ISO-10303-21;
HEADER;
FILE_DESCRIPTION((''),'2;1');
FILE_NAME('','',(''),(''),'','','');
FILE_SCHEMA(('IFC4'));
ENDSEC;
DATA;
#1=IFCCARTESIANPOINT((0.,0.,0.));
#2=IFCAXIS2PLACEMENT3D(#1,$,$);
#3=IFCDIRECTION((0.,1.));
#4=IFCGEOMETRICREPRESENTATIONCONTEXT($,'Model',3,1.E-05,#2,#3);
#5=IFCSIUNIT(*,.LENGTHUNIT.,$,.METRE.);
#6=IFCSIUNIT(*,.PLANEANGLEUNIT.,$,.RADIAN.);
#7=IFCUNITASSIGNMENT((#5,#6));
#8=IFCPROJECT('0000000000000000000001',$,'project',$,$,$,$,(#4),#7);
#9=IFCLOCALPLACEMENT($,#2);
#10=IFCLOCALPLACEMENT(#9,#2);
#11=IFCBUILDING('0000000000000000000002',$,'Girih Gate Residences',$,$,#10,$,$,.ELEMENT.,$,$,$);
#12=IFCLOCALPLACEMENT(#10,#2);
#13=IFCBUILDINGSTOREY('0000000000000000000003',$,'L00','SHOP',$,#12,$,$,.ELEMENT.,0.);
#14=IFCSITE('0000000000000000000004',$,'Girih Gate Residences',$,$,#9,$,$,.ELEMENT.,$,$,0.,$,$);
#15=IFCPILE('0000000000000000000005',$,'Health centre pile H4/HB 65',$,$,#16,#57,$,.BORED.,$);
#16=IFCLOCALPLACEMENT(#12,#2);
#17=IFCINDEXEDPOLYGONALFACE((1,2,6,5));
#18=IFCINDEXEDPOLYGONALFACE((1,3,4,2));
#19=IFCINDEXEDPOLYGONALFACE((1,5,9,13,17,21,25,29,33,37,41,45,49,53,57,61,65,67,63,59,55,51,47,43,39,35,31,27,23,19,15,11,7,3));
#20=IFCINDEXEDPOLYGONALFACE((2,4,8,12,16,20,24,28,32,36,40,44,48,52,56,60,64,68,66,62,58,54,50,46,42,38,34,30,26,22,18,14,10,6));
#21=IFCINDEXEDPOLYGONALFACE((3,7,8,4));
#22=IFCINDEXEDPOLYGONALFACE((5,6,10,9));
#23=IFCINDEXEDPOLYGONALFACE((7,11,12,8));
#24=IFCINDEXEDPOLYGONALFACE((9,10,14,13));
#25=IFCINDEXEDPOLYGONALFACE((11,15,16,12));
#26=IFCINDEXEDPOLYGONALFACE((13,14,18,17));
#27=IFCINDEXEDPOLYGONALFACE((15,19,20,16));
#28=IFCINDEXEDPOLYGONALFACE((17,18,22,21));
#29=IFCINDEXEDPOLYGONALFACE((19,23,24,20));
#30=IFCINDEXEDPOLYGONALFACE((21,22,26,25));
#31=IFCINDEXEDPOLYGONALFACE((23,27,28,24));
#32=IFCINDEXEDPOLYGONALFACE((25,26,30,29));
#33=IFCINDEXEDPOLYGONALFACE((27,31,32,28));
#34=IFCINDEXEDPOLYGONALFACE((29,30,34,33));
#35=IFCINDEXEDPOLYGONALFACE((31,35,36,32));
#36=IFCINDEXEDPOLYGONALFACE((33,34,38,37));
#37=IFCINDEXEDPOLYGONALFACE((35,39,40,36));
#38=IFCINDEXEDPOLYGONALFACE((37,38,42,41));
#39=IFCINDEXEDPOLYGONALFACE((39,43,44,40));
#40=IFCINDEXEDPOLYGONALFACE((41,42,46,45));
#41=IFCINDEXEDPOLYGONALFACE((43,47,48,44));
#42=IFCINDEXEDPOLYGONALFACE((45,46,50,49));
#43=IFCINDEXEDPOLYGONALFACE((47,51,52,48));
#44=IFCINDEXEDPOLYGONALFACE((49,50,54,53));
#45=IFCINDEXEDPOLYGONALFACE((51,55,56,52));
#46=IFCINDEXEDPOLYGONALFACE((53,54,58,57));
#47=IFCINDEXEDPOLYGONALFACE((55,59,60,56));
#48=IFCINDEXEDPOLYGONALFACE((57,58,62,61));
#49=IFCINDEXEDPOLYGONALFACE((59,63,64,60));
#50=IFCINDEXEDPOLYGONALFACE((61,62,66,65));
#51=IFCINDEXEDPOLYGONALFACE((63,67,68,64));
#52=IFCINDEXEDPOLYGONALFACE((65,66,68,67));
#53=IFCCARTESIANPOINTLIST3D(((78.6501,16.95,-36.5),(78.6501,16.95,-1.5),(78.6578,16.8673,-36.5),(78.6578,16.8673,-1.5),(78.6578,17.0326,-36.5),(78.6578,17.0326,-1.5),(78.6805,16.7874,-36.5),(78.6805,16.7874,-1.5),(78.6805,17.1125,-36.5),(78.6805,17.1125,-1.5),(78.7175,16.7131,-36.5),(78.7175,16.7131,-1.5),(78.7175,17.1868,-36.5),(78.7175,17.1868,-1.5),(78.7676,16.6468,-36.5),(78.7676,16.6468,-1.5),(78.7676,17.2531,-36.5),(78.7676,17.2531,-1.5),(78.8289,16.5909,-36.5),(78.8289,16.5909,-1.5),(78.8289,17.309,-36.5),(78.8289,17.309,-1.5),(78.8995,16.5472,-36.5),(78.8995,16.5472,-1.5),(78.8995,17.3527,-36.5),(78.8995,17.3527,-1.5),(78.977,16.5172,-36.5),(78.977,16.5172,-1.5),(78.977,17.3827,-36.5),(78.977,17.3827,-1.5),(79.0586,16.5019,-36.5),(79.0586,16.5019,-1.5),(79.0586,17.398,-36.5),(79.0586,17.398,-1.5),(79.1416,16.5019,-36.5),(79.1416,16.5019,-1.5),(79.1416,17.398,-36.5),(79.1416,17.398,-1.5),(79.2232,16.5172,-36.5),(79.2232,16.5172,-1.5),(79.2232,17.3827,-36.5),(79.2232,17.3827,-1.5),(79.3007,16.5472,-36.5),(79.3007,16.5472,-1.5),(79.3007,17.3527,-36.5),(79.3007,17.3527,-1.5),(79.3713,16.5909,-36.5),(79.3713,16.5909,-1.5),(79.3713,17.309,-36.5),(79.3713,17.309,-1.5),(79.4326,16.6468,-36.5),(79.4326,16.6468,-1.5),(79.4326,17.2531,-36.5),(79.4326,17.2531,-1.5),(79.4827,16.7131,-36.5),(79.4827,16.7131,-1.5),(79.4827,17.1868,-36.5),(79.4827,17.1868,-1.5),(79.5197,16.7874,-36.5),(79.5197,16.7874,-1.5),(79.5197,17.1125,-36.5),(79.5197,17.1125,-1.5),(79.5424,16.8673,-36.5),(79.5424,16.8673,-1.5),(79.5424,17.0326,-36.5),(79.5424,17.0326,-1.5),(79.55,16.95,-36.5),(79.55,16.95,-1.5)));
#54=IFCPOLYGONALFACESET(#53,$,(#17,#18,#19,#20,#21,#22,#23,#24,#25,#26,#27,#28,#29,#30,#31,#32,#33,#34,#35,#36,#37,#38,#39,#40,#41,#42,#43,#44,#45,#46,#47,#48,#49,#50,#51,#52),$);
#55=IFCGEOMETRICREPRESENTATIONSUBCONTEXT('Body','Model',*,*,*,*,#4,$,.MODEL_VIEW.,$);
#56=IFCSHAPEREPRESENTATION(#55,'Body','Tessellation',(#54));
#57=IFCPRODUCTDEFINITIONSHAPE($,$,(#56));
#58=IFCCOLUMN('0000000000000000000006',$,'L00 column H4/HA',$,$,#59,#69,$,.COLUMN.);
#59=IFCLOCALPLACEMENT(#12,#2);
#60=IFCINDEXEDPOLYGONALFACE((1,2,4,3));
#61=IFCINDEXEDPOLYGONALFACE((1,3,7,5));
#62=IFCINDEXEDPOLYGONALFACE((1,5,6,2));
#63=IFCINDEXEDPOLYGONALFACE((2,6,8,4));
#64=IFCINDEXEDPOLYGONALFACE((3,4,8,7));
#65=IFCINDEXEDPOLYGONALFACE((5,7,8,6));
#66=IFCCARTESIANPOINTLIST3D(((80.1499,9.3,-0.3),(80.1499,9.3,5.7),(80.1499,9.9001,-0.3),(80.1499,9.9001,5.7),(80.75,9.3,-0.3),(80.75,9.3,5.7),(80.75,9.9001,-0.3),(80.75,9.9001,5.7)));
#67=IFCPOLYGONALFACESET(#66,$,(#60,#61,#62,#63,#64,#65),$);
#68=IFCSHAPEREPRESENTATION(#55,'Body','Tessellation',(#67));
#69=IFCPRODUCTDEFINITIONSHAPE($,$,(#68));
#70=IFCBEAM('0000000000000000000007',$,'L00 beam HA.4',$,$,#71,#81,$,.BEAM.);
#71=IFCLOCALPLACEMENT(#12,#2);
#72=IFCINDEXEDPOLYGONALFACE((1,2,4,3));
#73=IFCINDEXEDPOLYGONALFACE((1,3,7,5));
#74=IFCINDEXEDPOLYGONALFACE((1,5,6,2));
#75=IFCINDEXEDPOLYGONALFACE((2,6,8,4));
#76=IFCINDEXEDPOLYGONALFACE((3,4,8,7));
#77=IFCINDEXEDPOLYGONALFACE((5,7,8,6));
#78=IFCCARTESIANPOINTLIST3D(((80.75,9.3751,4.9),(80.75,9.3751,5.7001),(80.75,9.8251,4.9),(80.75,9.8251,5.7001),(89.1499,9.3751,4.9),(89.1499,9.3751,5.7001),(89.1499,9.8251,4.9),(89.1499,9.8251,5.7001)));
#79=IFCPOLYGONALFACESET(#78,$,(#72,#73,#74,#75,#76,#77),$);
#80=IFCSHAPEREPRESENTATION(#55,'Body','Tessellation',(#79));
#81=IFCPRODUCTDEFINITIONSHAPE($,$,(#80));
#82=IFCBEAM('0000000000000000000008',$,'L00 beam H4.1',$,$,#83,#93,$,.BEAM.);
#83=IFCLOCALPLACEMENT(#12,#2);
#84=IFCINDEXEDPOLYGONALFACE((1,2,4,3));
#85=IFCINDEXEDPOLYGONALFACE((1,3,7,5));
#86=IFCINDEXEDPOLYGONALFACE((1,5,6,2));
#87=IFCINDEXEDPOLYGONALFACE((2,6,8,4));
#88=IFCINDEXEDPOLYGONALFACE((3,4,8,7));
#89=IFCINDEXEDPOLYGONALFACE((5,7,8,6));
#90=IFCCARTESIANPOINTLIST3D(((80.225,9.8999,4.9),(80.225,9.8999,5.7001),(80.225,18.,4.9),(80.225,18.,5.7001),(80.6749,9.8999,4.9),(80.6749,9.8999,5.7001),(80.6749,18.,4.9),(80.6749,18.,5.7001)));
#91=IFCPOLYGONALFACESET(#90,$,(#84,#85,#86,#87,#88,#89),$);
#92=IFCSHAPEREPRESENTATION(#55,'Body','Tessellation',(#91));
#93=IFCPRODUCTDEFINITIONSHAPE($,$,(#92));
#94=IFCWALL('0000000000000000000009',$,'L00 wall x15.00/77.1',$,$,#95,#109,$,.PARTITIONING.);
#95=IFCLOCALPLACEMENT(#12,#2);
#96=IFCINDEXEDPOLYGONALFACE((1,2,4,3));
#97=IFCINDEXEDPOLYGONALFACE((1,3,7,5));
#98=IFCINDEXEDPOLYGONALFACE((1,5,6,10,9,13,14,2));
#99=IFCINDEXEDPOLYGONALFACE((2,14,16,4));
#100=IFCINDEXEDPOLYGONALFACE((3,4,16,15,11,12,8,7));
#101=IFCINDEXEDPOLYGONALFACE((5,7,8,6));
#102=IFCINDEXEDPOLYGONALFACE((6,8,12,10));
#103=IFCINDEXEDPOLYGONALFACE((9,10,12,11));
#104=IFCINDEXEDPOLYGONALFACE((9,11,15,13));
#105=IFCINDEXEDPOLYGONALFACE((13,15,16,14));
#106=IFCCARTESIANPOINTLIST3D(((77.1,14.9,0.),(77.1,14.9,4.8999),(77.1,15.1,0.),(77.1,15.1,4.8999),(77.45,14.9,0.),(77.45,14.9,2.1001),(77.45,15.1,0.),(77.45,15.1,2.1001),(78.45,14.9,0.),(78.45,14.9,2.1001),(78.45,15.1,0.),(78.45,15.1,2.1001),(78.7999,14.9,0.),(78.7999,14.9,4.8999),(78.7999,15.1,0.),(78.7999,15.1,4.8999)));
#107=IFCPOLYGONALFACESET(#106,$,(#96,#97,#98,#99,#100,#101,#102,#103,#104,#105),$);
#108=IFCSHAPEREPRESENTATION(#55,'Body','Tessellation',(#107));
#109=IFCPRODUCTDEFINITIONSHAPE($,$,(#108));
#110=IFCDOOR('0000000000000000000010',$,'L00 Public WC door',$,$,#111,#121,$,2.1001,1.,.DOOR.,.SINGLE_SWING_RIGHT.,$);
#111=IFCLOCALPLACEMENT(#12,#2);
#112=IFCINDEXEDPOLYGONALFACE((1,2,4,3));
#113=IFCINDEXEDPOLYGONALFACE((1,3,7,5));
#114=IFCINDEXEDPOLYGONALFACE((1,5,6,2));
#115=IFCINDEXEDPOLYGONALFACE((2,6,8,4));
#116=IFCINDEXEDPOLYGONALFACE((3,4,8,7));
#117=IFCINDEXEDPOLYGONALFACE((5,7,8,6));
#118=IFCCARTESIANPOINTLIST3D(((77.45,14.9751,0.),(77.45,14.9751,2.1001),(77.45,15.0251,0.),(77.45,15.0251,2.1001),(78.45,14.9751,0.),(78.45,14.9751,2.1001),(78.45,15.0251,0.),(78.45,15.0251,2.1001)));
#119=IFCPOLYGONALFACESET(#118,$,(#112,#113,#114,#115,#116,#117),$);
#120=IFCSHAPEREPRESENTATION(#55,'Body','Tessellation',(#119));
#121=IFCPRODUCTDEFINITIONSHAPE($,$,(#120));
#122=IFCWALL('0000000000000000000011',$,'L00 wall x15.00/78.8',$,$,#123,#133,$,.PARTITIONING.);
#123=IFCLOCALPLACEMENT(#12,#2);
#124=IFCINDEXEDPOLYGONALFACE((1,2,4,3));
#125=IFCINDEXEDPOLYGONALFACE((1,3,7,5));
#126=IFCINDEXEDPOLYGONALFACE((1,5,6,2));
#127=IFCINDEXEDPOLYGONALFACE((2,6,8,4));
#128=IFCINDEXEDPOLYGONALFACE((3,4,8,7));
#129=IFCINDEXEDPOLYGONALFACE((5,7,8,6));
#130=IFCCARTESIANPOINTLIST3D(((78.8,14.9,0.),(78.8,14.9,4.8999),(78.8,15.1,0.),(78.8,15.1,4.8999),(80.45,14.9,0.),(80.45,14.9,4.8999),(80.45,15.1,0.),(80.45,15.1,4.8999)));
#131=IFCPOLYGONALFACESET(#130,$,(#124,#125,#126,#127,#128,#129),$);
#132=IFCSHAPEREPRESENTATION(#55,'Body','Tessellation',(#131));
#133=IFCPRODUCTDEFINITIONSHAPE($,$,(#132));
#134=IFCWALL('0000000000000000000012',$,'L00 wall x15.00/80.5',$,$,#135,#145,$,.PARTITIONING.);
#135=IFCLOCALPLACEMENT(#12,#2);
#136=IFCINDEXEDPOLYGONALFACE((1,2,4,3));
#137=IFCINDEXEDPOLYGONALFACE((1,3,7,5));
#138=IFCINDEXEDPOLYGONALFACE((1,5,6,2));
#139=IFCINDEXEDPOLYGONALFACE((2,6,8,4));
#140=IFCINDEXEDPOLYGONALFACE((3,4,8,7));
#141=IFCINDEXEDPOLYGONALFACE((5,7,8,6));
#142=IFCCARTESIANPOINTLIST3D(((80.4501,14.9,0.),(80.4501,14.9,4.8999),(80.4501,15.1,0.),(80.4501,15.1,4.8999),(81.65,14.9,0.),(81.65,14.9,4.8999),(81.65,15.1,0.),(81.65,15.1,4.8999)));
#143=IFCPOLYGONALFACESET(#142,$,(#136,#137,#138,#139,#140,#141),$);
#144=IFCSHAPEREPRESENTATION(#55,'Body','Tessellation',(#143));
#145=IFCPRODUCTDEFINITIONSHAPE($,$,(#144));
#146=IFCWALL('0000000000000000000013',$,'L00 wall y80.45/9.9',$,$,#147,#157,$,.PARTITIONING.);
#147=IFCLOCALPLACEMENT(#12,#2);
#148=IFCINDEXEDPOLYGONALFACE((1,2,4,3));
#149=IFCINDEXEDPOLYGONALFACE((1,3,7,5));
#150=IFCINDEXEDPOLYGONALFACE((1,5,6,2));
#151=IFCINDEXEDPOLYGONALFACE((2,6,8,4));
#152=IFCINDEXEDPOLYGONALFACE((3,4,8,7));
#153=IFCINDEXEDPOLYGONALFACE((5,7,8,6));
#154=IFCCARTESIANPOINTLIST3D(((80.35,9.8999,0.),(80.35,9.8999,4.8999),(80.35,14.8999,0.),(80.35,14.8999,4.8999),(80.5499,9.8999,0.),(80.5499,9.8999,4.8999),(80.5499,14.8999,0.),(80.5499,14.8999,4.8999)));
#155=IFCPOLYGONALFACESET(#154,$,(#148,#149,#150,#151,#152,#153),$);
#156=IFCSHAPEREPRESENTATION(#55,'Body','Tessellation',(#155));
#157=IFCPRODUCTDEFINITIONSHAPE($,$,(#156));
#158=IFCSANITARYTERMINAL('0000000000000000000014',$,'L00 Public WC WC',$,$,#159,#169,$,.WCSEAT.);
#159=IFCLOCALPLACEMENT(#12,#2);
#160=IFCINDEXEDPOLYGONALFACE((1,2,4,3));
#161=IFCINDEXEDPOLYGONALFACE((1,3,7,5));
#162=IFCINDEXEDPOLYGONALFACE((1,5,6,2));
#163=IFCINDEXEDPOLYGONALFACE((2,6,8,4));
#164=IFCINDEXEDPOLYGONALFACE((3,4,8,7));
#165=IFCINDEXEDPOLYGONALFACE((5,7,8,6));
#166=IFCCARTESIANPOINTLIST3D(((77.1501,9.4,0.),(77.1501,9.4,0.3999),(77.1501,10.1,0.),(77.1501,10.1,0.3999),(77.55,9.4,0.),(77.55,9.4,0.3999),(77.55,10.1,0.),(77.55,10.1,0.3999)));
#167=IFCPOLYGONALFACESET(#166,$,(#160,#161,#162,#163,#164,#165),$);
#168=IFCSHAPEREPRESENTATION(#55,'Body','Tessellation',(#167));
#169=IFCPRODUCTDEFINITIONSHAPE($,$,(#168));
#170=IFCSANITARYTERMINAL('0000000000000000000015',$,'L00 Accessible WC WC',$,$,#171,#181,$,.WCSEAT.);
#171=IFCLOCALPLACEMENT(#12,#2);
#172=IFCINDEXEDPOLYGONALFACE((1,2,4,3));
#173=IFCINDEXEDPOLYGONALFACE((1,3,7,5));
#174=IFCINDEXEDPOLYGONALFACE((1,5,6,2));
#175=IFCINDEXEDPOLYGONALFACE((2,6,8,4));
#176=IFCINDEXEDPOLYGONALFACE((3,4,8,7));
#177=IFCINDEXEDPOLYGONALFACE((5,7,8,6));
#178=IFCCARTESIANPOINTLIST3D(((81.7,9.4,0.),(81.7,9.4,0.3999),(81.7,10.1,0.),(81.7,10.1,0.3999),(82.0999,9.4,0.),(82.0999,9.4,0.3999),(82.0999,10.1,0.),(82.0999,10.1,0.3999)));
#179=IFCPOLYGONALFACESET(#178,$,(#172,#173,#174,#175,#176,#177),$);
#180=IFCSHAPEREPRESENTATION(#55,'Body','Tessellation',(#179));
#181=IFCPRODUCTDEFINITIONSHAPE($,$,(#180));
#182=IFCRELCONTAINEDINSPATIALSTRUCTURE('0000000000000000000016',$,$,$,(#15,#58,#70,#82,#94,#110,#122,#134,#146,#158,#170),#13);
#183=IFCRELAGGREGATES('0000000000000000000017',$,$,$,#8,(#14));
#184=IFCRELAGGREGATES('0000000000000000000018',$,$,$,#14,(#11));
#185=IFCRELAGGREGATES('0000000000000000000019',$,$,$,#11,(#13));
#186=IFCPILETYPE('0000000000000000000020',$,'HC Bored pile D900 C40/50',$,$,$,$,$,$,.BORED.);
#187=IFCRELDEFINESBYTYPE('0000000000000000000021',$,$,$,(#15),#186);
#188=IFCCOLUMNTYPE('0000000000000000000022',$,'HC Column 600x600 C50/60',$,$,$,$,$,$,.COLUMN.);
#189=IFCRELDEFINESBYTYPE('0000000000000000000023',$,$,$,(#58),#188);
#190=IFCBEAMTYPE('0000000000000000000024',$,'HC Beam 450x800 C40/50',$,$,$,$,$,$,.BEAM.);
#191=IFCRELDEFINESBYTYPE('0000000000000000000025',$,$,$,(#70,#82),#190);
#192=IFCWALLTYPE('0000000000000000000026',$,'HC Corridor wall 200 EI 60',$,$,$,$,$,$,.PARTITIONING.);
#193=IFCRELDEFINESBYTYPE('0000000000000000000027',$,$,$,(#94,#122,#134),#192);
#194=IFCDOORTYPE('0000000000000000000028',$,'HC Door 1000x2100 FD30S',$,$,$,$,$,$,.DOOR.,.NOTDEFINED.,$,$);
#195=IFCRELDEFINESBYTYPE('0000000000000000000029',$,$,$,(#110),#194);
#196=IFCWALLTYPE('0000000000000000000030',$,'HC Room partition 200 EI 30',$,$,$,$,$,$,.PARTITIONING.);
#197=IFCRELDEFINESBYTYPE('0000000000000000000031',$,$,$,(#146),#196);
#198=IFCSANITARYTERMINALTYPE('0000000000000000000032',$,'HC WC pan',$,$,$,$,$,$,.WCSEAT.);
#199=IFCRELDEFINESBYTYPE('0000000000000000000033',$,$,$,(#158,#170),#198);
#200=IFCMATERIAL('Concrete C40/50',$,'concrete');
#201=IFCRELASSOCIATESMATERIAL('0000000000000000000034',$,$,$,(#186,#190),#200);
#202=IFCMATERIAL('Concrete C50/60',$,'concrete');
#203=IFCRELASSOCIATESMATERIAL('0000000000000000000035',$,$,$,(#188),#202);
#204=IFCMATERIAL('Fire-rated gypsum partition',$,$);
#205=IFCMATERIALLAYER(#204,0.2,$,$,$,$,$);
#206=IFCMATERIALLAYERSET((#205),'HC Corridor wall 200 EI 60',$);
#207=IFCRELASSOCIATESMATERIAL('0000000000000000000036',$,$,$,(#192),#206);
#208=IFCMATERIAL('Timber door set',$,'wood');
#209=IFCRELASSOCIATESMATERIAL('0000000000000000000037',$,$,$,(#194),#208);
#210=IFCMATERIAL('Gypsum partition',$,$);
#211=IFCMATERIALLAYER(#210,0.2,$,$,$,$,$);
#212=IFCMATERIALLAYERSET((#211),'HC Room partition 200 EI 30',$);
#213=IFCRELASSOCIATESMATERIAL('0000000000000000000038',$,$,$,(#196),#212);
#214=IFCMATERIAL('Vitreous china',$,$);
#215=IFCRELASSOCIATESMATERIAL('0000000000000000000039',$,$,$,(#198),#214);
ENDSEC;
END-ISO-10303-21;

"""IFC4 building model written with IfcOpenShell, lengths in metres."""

from ifc_helpers import new_model, si_unit, direction, frame, frame_2d, origin, origin_2d, place, context, subcontext, project, spatial, rectangle, circle, extrude, material, layer, layer_set, material_profile, profile_set, type_object, element, fill, save


model = new_model("IFC4")

# Units and contexts
model_context = context("Model", 3, precision=1e-05, world=origin(), true_north=direction((0.0, 1.0)))
body_context = subcontext(model_context, "Body", "Model", "MODEL_VIEW")
ifc_project = project(units=[si_unit("LENGTHUNIT", "METRE"), si_unit("PLANEANGLEUNIT", "RADIAN")], contexts=[model_context])

# Site, building, storey
site_placement = place(None, origin())
site = spatial("IfcSite", under=ifc_project, at=site_placement, Name="Girih Gate Residences", CompositionType="ELEMENT", RefElevation=0.0)
building_placement = place(site_placement, origin())
building = spatial("IfcBuilding", under=site, at=building_placement, Name="Girih Gate Residences", CompositionType="ELEMENT")
storey_placement = place(building_placement, origin())
storey = spatial("IfcBuildingStorey", under=building, at=storey_placement, Name="L00", Description="SHOP", CompositionType="ELEMENT", Elevation=0.0)

# Pile
ifc_material_1 = material(Name="Concrete C40/50", Category="concrete")
ifc_material_profile_1 = material_profile(ifc_material_1, circle(Radius=0.45, at=origin_2d()))
ifc_profile_set_1 = profile_set([ifc_material_profile_1], Name="Concrete C40/50")
pile_type = type_object("IfcPileType", Name="HC Bored pile D900 C40/50", PredefinedType="BORED", material=ifc_profile_set_1)
for number, where, z_axis, x_axis, name in (
    (1, (79.1001, 16.95, -1.5), (0.0, 0.0, -1.0), (1.0, 0.0, 0.0), "Health centre pile H4/HB 65"),
):
    element("IfcPile", number, at=place(storey_placement, frame(where, z_axis=z_axis, x_axis=x_axis)), inside=storey, type_object=pile_type, Name=name, PredefinedType="BORED", context=body_context, shape_type="SweptSolid", body=[
        extrude(circle(Radius=0.45, at=origin_2d()), origin(), (0.0, 0.0, 1.0), 35.0),
    ])

# Column
ifc_material_2 = material(Name="Concrete C50/60", Category="concrete")
ifc_material_profile_2 = material_profile(ifc_material_2, rectangle(XDim=0.6001, YDim=0.6001, at=origin_2d()))
ifc_profile_set_2 = profile_set([ifc_material_profile_2], Name="Concrete C50/60")
column_type = type_object("IfcColumnType", Name="HC Column 600x600 C50/60", PredefinedType="COLUMN", material=ifc_profile_set_2)
column_placement = place(storey_placement, frame((80.45, 9.6001, -0.3), z_axis=(0.0, 0.0, 1.0), x_axis=(1.0, 0.0, 0.0)))
element("IfcColumn", 2, at=column_placement, inside=storey, type_object=column_type, Name="L00 column H4/HA", PredefinedType="COLUMN", context=body_context, shape_type="SweptSolid", body=[
    extrude(rectangle(XDim=0.6001, YDim=0.6001, at=origin_2d()), origin(), (0.0, 0.0, 1.0), 6.0),
])

# Beams
ifc_material_profile_3 = material_profile(ifc_material_1, rectangle(XDim=0.45, YDim=0.8, at=origin_2d()))
ifc_profile_set_3 = profile_set([ifc_material_profile_3], Name="Concrete C40/50")
beam_type = type_object("IfcBeamType", Name="HC Beam 450x800 C40/50", PredefinedType="BEAM", material=ifc_profile_set_3)
beam_1_placement = place(storey_placement, frame((80.75, 9.6001, 5.3), z_axis=(1.0, 0.0, 0.0), x_axis=(0.0, 1.0, 0.0)))
element("IfcBeam", 3, at=beam_1_placement, inside=storey, type_object=beam_type, Name="L00 beam HA.4", PredefinedType="BEAM", context=body_context, shape_type="SweptSolid", body=[
    extrude(rectangle(XDim=0.45, YDim=0.8, at=origin_2d()), origin(), (0.0, 0.0, 1.0), 8.3999),
])
beam_2_placement = place(storey_placement, frame((80.45, 9.8999, 5.3), z_axis=(0.0, 1.0, 0.0), x_axis=(-1.0, 0.0, 0.0)))
element("IfcBeam", 4, at=beam_2_placement, inside=storey, type_object=beam_type, Name="L00 beam H4.1", PredefinedType="BEAM", context=body_context, shape_type="SweptSolid", body=[
    extrude(rectangle(XDim=0.45, YDim=0.8, at=origin_2d()), origin(), (0.0, 0.0, 1.0), 8.1001),
])

# Wall, opening, door
ifc_material_3 = material(Name="Fire-rated gypsum partition")
ifc_layer_1 = layer(ifc_material_3, 0.2)
ifc_layer_set_1 = layer_set([ifc_layer_1], Name="HC Corridor wall 200 EI 60")
wall_type_1 = type_object("IfcWallType", Name="HC Corridor wall 200 EI 60", PredefinedType="PARTITIONING", material=ifc_layer_set_1)
wall_1_placement = place(storey_placement, frame((78.8, 15.0, 0.0), z_axis=(0.0, 0.0, 1.0), x_axis=(-1.0, 0.0, 0.0)))
wall_1 = element("IfcWall", 5, at=wall_1_placement, inside=storey, type_object=wall_type_1, Name="L00 wall x15.00/77.1", PredefinedType="PARTITIONING", context=body_context, shape_type="SweptSolid", body=[
    extrude(rectangle(XDim=1.7, YDim=0.2, at=frame_2d((0.8501, 0.0))), origin(), (0.0, 0.0, 1.0), 4.8999),
])
opening_placement = place(wall_1_placement, frame((0.3501, 0.0, 0.0)))
opening = element("IfcOpeningElement", 6, at=opening_placement, cuts=wall_1, PredefinedType="OPENING", context=body_context, shape_type="SweptSolid", body=[
    extrude(rectangle(XDim=1.0, YDim=2.1001, at=frame_2d((0.5, 1.05))), frame((0.0, 0.1099, 0.0), z_axis=(0.0, -1.0, 0.0), x_axis=(1.0, 0.0, 0.0)), (0.0, 0.0, 1.0), 0.22),
])
ifc_material_4 = material(Name="Timber door set", Category="wood")
door_type = type_object("IfcDoorType", Name="HC Door 1000x2100 FD30S", OperationType="NOTDEFINED", PredefinedType="DOOR", material=ifc_material_4)
door_placement = place(opening_placement, origin())
door = element("IfcDoor", 7, at=door_placement, inside=storey, type_object=door_type, Name="L00 Public WC door", OperationType="SINGLE_SWING_RIGHT", OverallHeight=2.1001, OverallWidth=1.0, PredefinedType="DOOR", context=body_context, shape_type="SweptSolid", body=[
    extrude(rectangle(XDim=1.0, YDim=2.1001, at=frame_2d((0.5, 1.05))), frame((0.0, 0.0249, 0.0), z_axis=(0.0, -1.0, 0.0), x_axis=(1.0, 0.0, 0.0)), (0.0, 0.0, 1.0), 0.05),
])
fill(opening, door)

# Walls
wall_2_placement = place(storey_placement, frame((78.8, 15.0, 0.0), z_axis=(0.0, 0.0, 1.0), x_axis=(1.0, 0.0, 0.0)))
element("IfcWall", 8, at=wall_2_placement, inside=storey, type_object=wall_type_1, Name="L00 wall x15.00/78.8", PredefinedType="PARTITIONING", context=body_context, shape_type="SweptSolid", body=[
    extrude(rectangle(XDim=1.6499, YDim=0.2, at=frame_2d((0.825, 0.0))), origin(), (0.0, 0.0, 1.0), 4.8999),
])
wall_3_placement = place(storey_placement, frame((80.45, 15.0, 0.0), z_axis=(0.0, 0.0, 1.0), x_axis=(1.0, 0.0, 0.0)))
element("IfcWall", 9, at=wall_3_placement, inside=storey, type_object=wall_type_1, Name="L00 wall x15.00/80.5", PredefinedType="PARTITIONING", context=body_context, shape_type="SweptSolid", body=[
    extrude(rectangle(XDim=1.2, YDim=0.2, at=frame_2d((0.6001, 0.0))), origin(), (0.0, 0.0, 1.0), 4.8999),
])
ifc_material_5 = material(Name="Gypsum partition")
ifc_layer_2 = layer(ifc_material_5, 0.2)
ifc_layer_set_2 = layer_set([ifc_layer_2], Name="HC Room partition 200 EI 30")
wall_type_2 = type_object("IfcWallType", Name="HC Room partition 200 EI 30", PredefinedType="PARTITIONING", material=ifc_layer_set_2)
wall_4_placement = place(storey_placement, frame((80.45, 9.8999, 0.0), z_axis=(0.0, 0.0, 1.0), x_axis=(0.0, 1.0, 0.0)))
element("IfcWall", 10, at=wall_4_placement, inside=storey, type_object=wall_type_2, Name="L00 wall y80.45/9.9", PredefinedType="PARTITIONING", context=body_context, shape_type="SweptSolid", body=[
    extrude(rectangle(XDim=5.0, YDim=0.2, at=frame_2d((2.5, 0.0))), origin(), (0.0, 0.0, 1.0), 4.8999),
])

# Sanitary terminals
ifc_material_6 = material(Name="Vitreous china")
sanitary_terminal_type_1 = type_object("IfcSanitaryTerminalType", Name="HC WC pan", PredefinedType="WCSEAT", material=ifc_material_6)
for number, where, z_axis, x_axis, name in (
    (11, (77.3501, 9.75, 0.0), (0.0, 0.0, 1.0), (1.0, 0.0, 0.0), "L00 Public WC WC"),
    (12, (81.8999, 9.75, 0.0), (0.0, 0.0, 1.0), (1.0, 0.0, 0.0), "L00 Accessible WC WC"),
):
    element("IfcSanitaryTerminal", number, at=place(storey_placement, frame(where, z_axis=z_axis, x_axis=x_axis)), inside=storey, type_object=sanitary_terminal_type_1, Name=name, PredefinedType="WCSEAT", context=body_context, shape_type="SweptSolid", body=[
        extrude(rectangle(XDim=0.3999, YDim=0.7, at=origin_2d()), origin(), (0.0, 0.0, 1.0), 0.3999),
    ])

save(model, "model.ifc")
